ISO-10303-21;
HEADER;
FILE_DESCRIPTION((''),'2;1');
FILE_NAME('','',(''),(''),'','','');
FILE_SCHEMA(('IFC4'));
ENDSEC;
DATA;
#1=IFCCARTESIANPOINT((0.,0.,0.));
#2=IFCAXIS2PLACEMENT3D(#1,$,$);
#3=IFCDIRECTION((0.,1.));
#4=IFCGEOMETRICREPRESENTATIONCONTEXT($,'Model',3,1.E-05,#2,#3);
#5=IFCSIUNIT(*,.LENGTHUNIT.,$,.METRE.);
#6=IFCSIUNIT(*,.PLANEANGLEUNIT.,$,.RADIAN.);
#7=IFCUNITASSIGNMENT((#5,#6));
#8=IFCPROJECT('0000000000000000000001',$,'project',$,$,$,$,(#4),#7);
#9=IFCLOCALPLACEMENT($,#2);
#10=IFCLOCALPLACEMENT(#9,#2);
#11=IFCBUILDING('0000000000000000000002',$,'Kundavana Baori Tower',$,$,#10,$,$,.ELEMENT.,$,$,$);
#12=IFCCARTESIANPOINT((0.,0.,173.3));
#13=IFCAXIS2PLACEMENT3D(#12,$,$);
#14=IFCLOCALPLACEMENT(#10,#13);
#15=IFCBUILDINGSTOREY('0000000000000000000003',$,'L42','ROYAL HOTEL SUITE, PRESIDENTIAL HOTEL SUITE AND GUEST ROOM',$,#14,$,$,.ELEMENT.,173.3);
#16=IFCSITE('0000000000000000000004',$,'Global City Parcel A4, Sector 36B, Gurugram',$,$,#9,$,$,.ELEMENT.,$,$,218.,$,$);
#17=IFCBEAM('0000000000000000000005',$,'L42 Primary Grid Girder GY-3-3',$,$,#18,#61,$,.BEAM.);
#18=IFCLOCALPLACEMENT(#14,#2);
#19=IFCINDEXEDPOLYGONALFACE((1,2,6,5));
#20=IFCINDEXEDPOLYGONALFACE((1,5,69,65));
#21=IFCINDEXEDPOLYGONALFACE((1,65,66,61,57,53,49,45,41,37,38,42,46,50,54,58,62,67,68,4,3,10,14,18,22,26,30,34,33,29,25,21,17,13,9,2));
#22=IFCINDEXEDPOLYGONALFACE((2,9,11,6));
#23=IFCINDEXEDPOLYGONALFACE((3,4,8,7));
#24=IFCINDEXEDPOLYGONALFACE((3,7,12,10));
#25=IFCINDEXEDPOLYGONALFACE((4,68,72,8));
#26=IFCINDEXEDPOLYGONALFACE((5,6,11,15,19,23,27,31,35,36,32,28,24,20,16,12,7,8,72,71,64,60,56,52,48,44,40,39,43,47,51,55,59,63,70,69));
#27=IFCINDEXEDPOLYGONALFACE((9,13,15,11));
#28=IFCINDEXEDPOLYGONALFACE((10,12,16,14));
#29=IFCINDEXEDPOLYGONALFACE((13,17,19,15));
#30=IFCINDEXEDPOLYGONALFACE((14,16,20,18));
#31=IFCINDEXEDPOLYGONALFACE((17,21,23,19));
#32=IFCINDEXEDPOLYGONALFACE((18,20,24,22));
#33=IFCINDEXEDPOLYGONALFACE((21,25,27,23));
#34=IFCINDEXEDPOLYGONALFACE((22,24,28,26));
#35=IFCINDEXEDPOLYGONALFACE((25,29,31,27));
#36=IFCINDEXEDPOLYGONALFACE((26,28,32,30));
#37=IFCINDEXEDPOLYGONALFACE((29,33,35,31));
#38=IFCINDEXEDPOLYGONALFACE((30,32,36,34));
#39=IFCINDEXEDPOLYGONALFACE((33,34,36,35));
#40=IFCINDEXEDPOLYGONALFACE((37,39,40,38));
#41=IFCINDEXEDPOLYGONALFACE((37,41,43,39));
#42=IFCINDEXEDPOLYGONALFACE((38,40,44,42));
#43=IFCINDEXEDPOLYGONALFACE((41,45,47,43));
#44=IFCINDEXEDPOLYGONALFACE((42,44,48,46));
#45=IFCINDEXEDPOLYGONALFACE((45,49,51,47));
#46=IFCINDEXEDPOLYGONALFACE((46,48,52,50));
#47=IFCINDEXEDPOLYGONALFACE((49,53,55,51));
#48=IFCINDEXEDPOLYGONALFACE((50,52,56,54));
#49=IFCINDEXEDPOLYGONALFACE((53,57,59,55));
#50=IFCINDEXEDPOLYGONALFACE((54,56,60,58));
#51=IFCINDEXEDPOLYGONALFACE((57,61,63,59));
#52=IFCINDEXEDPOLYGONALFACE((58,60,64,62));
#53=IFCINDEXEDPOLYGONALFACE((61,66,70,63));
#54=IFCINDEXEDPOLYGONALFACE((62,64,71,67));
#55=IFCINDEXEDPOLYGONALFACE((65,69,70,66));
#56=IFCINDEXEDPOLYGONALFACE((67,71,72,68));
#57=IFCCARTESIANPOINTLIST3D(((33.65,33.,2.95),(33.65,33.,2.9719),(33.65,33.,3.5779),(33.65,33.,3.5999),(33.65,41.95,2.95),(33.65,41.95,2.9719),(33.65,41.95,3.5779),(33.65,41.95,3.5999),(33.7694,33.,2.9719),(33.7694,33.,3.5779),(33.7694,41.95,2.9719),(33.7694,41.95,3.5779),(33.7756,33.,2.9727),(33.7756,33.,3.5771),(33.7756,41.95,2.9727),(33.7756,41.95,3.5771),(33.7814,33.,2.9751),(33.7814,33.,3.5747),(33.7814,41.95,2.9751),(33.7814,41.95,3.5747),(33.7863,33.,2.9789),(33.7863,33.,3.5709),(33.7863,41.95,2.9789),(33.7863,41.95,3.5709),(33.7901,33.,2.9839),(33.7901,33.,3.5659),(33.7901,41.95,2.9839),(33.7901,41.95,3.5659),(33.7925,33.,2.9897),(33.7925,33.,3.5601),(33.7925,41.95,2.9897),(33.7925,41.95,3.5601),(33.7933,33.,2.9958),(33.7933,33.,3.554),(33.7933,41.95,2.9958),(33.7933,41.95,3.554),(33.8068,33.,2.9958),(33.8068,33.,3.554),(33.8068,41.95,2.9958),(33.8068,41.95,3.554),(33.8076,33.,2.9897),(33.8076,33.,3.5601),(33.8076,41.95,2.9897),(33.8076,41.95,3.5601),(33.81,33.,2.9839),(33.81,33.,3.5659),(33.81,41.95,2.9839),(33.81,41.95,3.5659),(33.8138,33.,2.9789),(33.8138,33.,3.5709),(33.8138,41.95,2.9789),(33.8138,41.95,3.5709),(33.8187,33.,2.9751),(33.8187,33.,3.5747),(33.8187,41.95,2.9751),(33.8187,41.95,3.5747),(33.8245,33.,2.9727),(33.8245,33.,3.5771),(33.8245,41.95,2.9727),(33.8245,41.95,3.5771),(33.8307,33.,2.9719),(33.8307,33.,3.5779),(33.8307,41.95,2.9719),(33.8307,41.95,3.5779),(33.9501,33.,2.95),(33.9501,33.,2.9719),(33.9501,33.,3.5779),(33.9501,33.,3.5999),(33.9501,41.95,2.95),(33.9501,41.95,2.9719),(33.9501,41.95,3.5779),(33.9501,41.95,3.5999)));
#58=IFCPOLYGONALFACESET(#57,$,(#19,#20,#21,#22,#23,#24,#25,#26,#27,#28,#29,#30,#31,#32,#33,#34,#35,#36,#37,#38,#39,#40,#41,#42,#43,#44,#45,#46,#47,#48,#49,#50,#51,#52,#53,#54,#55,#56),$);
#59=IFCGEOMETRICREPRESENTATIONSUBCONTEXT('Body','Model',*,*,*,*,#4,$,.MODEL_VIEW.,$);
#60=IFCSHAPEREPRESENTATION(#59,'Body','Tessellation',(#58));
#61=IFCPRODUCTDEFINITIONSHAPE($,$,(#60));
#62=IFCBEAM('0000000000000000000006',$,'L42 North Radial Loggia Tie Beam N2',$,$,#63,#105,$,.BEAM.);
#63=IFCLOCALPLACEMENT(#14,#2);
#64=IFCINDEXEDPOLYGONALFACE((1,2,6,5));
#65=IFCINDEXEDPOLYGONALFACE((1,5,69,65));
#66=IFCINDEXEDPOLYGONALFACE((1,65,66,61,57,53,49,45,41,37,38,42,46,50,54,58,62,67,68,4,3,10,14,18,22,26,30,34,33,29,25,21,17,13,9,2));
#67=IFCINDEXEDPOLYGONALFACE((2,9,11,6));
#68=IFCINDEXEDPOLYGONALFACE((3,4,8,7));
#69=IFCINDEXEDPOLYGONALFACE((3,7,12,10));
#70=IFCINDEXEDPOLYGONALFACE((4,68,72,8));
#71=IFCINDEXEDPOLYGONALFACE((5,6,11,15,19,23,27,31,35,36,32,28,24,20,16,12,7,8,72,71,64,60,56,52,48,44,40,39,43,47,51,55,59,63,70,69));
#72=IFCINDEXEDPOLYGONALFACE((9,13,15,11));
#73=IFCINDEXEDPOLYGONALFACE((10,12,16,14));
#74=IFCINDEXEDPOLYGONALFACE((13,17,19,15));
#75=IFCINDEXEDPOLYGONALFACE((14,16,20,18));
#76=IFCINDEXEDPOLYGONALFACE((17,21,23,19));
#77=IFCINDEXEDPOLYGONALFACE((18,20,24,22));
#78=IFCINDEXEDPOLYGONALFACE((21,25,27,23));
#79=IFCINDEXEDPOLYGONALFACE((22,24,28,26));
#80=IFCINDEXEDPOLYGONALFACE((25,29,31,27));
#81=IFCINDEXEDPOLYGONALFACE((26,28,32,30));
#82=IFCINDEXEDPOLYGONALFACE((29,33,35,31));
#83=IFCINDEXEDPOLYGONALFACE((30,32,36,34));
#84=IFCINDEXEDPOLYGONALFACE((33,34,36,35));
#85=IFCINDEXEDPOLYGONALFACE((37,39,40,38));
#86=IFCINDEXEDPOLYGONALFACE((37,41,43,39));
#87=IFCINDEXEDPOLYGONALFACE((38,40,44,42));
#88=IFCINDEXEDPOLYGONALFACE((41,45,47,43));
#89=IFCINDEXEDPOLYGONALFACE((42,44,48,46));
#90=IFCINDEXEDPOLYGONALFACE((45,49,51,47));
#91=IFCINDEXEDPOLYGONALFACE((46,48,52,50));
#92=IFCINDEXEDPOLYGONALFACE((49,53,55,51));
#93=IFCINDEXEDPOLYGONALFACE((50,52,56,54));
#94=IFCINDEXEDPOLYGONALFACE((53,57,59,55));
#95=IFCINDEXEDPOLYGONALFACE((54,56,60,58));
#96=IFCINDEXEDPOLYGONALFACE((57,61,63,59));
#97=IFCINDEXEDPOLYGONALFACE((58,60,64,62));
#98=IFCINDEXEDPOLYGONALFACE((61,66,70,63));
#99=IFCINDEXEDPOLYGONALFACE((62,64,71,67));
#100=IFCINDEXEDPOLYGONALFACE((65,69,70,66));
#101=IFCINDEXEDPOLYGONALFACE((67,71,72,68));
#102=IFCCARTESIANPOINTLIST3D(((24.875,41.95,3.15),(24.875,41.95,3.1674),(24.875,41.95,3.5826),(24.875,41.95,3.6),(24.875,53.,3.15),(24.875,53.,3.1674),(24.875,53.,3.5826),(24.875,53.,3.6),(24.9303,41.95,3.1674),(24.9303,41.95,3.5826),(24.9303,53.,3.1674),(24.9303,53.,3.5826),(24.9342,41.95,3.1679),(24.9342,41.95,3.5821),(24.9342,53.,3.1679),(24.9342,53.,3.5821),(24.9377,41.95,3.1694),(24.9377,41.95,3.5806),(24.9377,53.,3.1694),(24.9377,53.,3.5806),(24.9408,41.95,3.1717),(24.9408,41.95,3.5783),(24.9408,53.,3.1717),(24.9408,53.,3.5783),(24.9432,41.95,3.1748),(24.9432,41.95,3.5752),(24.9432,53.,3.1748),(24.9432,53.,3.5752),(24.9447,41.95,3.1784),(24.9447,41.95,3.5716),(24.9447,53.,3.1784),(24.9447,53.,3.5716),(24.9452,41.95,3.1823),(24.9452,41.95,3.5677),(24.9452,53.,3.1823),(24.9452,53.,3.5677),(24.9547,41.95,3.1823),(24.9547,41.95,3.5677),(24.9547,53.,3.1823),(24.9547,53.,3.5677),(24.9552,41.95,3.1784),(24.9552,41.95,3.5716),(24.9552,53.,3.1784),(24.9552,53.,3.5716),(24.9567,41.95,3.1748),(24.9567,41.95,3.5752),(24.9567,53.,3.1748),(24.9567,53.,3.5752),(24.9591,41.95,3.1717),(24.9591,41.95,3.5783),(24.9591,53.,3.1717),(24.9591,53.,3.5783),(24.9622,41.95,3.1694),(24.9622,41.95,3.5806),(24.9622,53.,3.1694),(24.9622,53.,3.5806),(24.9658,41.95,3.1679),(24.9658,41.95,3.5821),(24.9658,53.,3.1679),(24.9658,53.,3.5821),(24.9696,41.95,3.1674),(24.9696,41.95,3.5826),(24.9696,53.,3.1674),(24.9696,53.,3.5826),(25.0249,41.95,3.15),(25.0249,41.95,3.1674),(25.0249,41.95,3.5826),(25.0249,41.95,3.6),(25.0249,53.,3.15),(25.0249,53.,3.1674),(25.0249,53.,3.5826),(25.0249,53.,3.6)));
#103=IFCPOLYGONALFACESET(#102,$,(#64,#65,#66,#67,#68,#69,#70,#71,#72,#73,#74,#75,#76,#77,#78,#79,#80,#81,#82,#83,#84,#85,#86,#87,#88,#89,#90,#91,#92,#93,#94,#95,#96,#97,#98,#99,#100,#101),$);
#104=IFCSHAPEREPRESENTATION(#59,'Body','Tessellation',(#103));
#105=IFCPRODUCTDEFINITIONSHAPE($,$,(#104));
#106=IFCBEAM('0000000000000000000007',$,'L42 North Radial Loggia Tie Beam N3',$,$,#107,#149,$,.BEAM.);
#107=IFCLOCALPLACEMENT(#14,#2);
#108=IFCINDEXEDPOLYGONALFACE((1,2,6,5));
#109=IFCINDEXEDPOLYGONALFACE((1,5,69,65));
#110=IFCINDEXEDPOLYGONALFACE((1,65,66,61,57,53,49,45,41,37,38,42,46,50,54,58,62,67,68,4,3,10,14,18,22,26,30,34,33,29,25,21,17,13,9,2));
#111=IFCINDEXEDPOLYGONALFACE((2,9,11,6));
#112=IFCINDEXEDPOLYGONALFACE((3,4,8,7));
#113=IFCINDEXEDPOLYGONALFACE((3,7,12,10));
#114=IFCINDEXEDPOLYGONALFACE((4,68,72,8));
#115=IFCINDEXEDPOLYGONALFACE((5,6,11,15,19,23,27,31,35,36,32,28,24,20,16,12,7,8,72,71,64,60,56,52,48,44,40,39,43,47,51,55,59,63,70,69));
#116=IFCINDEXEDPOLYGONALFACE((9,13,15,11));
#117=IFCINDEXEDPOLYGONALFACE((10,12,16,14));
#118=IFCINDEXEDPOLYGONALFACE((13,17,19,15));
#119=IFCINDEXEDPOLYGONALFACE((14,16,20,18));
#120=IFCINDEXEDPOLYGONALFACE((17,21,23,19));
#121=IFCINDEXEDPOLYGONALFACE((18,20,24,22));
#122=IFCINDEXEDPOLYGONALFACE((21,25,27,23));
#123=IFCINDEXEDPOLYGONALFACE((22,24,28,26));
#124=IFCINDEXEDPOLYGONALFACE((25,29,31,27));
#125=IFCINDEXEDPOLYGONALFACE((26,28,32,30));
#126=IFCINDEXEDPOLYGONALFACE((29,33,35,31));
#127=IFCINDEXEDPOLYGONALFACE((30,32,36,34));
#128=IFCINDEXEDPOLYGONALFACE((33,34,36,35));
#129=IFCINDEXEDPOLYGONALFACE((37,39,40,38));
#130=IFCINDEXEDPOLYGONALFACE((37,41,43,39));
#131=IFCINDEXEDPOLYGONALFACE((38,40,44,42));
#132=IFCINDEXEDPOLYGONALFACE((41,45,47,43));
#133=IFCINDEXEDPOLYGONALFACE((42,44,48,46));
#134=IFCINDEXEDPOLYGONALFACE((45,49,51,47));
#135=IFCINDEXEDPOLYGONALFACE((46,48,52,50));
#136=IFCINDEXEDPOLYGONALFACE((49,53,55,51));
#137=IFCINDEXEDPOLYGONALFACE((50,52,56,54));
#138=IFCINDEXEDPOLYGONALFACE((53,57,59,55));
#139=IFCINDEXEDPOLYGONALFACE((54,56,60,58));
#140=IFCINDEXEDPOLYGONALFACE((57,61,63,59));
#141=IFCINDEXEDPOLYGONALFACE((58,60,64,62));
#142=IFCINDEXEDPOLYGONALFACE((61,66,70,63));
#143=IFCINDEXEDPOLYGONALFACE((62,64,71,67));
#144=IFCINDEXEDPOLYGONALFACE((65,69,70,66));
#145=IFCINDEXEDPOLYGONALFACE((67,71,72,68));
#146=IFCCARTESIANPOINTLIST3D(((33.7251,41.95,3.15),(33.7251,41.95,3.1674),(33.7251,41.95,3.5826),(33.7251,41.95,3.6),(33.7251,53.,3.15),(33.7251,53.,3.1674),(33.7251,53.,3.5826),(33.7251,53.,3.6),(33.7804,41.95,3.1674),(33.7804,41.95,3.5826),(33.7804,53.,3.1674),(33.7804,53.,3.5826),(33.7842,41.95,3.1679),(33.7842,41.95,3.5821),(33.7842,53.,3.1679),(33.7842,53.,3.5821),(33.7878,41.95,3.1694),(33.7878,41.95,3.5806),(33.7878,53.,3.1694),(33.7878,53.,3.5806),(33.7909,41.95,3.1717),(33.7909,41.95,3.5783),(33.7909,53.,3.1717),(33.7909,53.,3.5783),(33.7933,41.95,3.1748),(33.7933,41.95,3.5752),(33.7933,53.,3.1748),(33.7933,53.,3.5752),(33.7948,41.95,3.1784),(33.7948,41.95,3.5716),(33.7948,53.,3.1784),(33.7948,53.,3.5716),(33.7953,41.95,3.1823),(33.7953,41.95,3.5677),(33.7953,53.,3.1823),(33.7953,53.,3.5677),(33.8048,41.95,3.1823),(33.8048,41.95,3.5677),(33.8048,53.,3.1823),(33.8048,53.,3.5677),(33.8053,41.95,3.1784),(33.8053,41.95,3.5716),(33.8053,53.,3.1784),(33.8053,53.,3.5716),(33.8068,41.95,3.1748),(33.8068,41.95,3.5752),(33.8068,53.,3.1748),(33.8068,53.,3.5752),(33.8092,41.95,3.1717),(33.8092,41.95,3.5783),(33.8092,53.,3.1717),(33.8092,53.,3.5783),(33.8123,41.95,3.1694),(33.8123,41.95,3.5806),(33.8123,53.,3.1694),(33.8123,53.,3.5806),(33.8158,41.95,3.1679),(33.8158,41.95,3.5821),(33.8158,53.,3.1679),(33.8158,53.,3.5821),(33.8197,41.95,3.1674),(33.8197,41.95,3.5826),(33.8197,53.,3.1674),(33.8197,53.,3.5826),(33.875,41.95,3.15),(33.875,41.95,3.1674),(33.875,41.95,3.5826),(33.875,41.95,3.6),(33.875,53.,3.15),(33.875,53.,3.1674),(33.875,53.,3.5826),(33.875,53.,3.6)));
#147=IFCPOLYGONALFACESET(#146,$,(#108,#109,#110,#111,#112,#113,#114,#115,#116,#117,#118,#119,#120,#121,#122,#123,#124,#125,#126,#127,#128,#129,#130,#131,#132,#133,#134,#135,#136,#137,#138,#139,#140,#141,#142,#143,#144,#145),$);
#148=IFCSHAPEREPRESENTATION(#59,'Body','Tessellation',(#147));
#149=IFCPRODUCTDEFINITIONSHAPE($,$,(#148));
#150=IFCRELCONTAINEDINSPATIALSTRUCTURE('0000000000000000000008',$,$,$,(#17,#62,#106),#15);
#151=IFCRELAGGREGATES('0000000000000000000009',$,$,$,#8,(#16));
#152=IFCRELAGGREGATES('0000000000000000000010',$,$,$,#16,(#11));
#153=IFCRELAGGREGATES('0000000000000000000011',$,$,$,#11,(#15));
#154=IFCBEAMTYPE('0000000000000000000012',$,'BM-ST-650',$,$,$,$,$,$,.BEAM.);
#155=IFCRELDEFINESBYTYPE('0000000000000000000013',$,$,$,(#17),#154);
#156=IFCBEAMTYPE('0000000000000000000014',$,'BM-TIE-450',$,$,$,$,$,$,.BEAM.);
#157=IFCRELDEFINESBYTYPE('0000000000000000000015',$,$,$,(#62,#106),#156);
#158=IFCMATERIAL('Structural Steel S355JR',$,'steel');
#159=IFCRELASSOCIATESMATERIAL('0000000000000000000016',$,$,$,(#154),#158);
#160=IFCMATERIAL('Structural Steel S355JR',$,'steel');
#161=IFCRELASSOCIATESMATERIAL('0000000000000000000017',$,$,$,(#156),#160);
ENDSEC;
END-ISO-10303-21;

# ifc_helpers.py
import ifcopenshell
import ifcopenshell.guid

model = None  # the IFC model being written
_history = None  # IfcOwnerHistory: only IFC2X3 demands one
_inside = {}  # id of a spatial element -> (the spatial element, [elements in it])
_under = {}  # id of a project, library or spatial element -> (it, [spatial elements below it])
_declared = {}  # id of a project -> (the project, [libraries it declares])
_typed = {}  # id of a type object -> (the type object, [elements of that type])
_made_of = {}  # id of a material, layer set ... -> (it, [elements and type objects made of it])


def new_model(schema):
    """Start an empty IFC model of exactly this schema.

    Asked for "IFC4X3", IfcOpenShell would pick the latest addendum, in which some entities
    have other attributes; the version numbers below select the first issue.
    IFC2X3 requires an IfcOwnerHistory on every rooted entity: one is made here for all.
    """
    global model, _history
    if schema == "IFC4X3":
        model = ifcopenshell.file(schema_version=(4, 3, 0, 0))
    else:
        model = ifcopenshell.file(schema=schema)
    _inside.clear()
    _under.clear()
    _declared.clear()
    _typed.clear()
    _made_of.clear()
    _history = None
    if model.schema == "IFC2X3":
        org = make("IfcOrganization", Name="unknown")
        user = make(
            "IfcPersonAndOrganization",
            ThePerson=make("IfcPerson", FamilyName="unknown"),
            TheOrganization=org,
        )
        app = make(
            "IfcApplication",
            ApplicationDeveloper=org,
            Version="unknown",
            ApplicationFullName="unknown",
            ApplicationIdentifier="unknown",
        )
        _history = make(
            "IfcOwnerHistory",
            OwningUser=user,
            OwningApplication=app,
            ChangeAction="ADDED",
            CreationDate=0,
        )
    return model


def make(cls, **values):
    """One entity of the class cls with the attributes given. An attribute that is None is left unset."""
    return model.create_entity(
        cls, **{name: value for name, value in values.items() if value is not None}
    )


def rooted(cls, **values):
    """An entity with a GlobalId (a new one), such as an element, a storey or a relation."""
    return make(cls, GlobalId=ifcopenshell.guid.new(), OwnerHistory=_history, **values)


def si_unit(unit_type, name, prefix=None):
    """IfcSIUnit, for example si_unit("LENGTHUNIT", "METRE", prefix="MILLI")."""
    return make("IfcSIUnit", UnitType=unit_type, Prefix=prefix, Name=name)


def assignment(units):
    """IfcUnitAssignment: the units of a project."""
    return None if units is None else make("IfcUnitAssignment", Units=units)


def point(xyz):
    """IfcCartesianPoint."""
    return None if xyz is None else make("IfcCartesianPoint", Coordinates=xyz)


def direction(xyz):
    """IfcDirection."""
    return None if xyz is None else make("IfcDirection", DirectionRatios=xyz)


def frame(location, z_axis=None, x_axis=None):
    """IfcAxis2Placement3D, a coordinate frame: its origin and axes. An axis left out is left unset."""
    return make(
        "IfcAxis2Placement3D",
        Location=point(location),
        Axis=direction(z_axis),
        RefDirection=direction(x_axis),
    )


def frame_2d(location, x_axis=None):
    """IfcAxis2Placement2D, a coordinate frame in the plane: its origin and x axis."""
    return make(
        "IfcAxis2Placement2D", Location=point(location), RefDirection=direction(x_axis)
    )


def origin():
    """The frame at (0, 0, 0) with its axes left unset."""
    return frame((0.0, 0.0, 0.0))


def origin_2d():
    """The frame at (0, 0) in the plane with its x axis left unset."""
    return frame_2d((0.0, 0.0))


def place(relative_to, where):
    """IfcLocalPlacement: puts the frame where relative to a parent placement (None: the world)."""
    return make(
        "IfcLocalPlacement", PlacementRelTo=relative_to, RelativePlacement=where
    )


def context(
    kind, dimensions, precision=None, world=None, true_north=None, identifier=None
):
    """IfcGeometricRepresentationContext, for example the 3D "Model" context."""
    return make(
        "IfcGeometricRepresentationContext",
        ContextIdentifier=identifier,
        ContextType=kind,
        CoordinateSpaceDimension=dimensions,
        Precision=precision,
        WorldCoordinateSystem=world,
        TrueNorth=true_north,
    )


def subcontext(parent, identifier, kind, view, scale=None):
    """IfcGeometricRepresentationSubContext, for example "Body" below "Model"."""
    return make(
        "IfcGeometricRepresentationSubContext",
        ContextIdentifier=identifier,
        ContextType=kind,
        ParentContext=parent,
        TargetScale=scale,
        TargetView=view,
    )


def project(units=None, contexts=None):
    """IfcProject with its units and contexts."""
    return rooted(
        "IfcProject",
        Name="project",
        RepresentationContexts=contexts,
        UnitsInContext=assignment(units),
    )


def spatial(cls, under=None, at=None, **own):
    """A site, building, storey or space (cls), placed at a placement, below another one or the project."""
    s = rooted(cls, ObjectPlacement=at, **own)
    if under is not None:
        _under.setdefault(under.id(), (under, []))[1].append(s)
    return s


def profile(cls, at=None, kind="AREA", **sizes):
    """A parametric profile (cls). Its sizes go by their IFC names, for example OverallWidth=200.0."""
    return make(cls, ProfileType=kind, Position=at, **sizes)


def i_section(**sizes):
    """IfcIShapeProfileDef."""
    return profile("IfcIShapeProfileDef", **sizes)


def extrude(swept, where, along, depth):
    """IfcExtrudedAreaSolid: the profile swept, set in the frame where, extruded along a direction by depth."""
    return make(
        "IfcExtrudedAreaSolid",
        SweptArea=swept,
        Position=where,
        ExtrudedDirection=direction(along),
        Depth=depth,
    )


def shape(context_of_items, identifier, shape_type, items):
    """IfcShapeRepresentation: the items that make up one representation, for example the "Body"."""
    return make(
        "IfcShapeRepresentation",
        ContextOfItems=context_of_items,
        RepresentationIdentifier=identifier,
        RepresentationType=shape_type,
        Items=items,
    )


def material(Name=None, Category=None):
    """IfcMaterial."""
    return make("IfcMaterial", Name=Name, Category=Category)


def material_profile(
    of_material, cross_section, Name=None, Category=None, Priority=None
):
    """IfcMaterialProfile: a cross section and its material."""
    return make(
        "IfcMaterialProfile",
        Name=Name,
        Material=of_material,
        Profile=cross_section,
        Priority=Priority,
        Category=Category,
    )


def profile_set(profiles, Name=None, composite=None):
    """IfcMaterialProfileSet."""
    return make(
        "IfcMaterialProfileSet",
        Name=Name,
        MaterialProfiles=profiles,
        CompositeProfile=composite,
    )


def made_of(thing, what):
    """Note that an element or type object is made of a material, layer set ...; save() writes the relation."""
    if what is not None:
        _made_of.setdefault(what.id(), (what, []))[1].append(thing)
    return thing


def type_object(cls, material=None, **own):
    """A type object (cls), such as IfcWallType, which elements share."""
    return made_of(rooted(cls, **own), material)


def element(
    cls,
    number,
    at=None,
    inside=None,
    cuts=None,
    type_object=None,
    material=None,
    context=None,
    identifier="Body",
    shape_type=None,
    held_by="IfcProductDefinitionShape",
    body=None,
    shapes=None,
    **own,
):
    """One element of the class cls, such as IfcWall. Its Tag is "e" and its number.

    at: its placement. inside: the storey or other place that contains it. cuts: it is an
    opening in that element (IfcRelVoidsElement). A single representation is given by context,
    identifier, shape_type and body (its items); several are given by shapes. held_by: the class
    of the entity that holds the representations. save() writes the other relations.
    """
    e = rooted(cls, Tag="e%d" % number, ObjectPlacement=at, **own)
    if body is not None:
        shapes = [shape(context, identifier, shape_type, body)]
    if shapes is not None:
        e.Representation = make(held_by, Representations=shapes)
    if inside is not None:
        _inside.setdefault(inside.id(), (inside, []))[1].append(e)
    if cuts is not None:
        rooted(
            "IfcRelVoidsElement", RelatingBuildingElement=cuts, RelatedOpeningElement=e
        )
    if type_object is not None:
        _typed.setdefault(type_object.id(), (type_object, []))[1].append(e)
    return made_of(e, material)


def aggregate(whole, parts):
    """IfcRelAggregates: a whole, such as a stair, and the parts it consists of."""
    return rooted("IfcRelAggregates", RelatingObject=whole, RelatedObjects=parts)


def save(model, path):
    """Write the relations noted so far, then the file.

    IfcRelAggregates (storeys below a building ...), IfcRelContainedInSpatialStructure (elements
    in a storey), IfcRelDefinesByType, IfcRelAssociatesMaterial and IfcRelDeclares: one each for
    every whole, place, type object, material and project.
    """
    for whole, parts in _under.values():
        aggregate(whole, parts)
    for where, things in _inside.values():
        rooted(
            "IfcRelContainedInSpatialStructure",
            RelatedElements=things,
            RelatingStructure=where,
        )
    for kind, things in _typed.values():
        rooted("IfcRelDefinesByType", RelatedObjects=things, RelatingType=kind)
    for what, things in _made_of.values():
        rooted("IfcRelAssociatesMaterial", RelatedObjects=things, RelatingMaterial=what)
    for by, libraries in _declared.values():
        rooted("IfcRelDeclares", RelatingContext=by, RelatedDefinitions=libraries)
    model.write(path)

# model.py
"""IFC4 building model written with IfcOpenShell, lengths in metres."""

from ifc_helpers import new_model, si_unit, direction, frame, origin, origin_2d, place, context, subcontext, project, spatial, i_section, extrude, material, material_profile, profile_set, type_object, element, save


model = new_model("IFC4")

# Units and contexts
model_context = context("Model", 3, precision=1e-05, world=origin(), true_north=direction((0.0, 1.0)))
body_context = subcontext(model_context, "Body", "Model", "MODEL_VIEW")
ifc_project = project(units=[si_unit("LENGTHUNIT", "METRE"), si_unit("PLANEANGLEUNIT", "RADIAN")], contexts=[model_context])

# Site, building, storey
site_placement = place(None, origin())
site = spatial("IfcSite", under=ifc_project, at=site_placement, Name="Global City Parcel A4, Sector 36B, Gurugram", CompositionType="ELEMENT", RefElevation=218.0)
building_placement = place(site_placement, origin())
building = spatial("IfcBuilding", under=site, at=building_placement, Name="Kundavana Baori Tower", CompositionType="ELEMENT")
storey_placement = place(building_placement, frame((0.0, 0.0, 173.3)))
storey = spatial("IfcBuildingStorey", under=building, at=storey_placement, Name="L42", Description="ROYAL HOTEL SUITE, PRESIDENTIAL HOTEL SUITE AND GUEST ROOM", CompositionType="ELEMENT", Elevation=173.3)

# Beams
ifc_material_1 = material(Name="Structural Steel S355JR", Category="steel")
ifc_material_profile_1 = material_profile(ifc_material_1, i_section(OverallWidth=0.3, OverallDepth=0.6499, WebThickness=0.0134, FlangeThickness=0.022, FilletRadius=0.0239, at=origin_2d()), Name="NPB 650x300x155")
ifc_profile_set_1 = profile_set([ifc_material_profile_1], Name="Structural Steel S355JR")
beam_type_1 = type_object("IfcBeamType", Name="BM-ST-650", PredefinedType="BEAM", material=ifc_profile_set_1)
beam_1_placement = place(storey_placement, frame((33.8, 33.0, 3.2749), z_axis=(0.0, 1.0, 0.0), x_axis=(-1.0, 0.0, 0.0)))
element("IfcBeam", 1, at=beam_1_placement, inside=storey, type_object=beam_type_1, Name="L42 Primary Grid Girder GY-3-3", PredefinedType="BEAM", context=body_context, shape_type="SweptSolid", body=[
    extrude(i_section(OverallWidth=0.3, OverallDepth=0.6499, WebThickness=0.0134, FlangeThickness=0.022, FilletRadius=0.0239, at=origin_2d()), origin(), (0.0, 0.0, 1.0), 8.95),
])
ifc_material_2 = material(Name="Structural Steel S355JR", Category="steel")
ifc_material_profile_2 = material_profile(ifc_material_2, i_section(OverallWidth=0.1499, OverallDepth=0.45, WebThickness=0.0095, FlangeThickness=0.0173, FilletRadius=0.0149, at=origin_2d()), Name="ISMB 450")
ifc_profile_set_2 = profile_set([ifc_material_profile_2], Name="Structural Steel S355JR")
beam_type_2 = type_object("IfcBeamType", Name="BM-TIE-450", PredefinedType="BEAM", material=ifc_profile_set_2)
for number, where, z_axis, x_axis, name in (
    (2, (24.95, 41.95, 3.375), (0.0, 1.0, 0.0), (-1.0, 0.0, 0.0), "L42 North Radial Loggia Tie Beam N2"),
    (3, (33.8, 41.95, 3.375), (0.0, 1.0, 0.0), (-1.0, 0.0, 0.0), "L42 North Radial Loggia Tie Beam N3"),
):
    element("IfcBeam", number, at=place(storey_placement, frame(where, z_axis=z_axis, x_axis=x_axis)), inside=storey, type_object=beam_type_2, Name=name, PredefinedType="BEAM", context=body_context, shape_type="SweptSolid", body=[
        extrude(i_section(OverallWidth=0.1499, OverallDepth=0.45, WebThickness=0.0095, FlangeThickness=0.0173, FilletRadius=0.0149, at=origin_2d()), origin(), (0.0, 0.0, 1.0), 11.05),
    ])

save(model, "model.ifc")
